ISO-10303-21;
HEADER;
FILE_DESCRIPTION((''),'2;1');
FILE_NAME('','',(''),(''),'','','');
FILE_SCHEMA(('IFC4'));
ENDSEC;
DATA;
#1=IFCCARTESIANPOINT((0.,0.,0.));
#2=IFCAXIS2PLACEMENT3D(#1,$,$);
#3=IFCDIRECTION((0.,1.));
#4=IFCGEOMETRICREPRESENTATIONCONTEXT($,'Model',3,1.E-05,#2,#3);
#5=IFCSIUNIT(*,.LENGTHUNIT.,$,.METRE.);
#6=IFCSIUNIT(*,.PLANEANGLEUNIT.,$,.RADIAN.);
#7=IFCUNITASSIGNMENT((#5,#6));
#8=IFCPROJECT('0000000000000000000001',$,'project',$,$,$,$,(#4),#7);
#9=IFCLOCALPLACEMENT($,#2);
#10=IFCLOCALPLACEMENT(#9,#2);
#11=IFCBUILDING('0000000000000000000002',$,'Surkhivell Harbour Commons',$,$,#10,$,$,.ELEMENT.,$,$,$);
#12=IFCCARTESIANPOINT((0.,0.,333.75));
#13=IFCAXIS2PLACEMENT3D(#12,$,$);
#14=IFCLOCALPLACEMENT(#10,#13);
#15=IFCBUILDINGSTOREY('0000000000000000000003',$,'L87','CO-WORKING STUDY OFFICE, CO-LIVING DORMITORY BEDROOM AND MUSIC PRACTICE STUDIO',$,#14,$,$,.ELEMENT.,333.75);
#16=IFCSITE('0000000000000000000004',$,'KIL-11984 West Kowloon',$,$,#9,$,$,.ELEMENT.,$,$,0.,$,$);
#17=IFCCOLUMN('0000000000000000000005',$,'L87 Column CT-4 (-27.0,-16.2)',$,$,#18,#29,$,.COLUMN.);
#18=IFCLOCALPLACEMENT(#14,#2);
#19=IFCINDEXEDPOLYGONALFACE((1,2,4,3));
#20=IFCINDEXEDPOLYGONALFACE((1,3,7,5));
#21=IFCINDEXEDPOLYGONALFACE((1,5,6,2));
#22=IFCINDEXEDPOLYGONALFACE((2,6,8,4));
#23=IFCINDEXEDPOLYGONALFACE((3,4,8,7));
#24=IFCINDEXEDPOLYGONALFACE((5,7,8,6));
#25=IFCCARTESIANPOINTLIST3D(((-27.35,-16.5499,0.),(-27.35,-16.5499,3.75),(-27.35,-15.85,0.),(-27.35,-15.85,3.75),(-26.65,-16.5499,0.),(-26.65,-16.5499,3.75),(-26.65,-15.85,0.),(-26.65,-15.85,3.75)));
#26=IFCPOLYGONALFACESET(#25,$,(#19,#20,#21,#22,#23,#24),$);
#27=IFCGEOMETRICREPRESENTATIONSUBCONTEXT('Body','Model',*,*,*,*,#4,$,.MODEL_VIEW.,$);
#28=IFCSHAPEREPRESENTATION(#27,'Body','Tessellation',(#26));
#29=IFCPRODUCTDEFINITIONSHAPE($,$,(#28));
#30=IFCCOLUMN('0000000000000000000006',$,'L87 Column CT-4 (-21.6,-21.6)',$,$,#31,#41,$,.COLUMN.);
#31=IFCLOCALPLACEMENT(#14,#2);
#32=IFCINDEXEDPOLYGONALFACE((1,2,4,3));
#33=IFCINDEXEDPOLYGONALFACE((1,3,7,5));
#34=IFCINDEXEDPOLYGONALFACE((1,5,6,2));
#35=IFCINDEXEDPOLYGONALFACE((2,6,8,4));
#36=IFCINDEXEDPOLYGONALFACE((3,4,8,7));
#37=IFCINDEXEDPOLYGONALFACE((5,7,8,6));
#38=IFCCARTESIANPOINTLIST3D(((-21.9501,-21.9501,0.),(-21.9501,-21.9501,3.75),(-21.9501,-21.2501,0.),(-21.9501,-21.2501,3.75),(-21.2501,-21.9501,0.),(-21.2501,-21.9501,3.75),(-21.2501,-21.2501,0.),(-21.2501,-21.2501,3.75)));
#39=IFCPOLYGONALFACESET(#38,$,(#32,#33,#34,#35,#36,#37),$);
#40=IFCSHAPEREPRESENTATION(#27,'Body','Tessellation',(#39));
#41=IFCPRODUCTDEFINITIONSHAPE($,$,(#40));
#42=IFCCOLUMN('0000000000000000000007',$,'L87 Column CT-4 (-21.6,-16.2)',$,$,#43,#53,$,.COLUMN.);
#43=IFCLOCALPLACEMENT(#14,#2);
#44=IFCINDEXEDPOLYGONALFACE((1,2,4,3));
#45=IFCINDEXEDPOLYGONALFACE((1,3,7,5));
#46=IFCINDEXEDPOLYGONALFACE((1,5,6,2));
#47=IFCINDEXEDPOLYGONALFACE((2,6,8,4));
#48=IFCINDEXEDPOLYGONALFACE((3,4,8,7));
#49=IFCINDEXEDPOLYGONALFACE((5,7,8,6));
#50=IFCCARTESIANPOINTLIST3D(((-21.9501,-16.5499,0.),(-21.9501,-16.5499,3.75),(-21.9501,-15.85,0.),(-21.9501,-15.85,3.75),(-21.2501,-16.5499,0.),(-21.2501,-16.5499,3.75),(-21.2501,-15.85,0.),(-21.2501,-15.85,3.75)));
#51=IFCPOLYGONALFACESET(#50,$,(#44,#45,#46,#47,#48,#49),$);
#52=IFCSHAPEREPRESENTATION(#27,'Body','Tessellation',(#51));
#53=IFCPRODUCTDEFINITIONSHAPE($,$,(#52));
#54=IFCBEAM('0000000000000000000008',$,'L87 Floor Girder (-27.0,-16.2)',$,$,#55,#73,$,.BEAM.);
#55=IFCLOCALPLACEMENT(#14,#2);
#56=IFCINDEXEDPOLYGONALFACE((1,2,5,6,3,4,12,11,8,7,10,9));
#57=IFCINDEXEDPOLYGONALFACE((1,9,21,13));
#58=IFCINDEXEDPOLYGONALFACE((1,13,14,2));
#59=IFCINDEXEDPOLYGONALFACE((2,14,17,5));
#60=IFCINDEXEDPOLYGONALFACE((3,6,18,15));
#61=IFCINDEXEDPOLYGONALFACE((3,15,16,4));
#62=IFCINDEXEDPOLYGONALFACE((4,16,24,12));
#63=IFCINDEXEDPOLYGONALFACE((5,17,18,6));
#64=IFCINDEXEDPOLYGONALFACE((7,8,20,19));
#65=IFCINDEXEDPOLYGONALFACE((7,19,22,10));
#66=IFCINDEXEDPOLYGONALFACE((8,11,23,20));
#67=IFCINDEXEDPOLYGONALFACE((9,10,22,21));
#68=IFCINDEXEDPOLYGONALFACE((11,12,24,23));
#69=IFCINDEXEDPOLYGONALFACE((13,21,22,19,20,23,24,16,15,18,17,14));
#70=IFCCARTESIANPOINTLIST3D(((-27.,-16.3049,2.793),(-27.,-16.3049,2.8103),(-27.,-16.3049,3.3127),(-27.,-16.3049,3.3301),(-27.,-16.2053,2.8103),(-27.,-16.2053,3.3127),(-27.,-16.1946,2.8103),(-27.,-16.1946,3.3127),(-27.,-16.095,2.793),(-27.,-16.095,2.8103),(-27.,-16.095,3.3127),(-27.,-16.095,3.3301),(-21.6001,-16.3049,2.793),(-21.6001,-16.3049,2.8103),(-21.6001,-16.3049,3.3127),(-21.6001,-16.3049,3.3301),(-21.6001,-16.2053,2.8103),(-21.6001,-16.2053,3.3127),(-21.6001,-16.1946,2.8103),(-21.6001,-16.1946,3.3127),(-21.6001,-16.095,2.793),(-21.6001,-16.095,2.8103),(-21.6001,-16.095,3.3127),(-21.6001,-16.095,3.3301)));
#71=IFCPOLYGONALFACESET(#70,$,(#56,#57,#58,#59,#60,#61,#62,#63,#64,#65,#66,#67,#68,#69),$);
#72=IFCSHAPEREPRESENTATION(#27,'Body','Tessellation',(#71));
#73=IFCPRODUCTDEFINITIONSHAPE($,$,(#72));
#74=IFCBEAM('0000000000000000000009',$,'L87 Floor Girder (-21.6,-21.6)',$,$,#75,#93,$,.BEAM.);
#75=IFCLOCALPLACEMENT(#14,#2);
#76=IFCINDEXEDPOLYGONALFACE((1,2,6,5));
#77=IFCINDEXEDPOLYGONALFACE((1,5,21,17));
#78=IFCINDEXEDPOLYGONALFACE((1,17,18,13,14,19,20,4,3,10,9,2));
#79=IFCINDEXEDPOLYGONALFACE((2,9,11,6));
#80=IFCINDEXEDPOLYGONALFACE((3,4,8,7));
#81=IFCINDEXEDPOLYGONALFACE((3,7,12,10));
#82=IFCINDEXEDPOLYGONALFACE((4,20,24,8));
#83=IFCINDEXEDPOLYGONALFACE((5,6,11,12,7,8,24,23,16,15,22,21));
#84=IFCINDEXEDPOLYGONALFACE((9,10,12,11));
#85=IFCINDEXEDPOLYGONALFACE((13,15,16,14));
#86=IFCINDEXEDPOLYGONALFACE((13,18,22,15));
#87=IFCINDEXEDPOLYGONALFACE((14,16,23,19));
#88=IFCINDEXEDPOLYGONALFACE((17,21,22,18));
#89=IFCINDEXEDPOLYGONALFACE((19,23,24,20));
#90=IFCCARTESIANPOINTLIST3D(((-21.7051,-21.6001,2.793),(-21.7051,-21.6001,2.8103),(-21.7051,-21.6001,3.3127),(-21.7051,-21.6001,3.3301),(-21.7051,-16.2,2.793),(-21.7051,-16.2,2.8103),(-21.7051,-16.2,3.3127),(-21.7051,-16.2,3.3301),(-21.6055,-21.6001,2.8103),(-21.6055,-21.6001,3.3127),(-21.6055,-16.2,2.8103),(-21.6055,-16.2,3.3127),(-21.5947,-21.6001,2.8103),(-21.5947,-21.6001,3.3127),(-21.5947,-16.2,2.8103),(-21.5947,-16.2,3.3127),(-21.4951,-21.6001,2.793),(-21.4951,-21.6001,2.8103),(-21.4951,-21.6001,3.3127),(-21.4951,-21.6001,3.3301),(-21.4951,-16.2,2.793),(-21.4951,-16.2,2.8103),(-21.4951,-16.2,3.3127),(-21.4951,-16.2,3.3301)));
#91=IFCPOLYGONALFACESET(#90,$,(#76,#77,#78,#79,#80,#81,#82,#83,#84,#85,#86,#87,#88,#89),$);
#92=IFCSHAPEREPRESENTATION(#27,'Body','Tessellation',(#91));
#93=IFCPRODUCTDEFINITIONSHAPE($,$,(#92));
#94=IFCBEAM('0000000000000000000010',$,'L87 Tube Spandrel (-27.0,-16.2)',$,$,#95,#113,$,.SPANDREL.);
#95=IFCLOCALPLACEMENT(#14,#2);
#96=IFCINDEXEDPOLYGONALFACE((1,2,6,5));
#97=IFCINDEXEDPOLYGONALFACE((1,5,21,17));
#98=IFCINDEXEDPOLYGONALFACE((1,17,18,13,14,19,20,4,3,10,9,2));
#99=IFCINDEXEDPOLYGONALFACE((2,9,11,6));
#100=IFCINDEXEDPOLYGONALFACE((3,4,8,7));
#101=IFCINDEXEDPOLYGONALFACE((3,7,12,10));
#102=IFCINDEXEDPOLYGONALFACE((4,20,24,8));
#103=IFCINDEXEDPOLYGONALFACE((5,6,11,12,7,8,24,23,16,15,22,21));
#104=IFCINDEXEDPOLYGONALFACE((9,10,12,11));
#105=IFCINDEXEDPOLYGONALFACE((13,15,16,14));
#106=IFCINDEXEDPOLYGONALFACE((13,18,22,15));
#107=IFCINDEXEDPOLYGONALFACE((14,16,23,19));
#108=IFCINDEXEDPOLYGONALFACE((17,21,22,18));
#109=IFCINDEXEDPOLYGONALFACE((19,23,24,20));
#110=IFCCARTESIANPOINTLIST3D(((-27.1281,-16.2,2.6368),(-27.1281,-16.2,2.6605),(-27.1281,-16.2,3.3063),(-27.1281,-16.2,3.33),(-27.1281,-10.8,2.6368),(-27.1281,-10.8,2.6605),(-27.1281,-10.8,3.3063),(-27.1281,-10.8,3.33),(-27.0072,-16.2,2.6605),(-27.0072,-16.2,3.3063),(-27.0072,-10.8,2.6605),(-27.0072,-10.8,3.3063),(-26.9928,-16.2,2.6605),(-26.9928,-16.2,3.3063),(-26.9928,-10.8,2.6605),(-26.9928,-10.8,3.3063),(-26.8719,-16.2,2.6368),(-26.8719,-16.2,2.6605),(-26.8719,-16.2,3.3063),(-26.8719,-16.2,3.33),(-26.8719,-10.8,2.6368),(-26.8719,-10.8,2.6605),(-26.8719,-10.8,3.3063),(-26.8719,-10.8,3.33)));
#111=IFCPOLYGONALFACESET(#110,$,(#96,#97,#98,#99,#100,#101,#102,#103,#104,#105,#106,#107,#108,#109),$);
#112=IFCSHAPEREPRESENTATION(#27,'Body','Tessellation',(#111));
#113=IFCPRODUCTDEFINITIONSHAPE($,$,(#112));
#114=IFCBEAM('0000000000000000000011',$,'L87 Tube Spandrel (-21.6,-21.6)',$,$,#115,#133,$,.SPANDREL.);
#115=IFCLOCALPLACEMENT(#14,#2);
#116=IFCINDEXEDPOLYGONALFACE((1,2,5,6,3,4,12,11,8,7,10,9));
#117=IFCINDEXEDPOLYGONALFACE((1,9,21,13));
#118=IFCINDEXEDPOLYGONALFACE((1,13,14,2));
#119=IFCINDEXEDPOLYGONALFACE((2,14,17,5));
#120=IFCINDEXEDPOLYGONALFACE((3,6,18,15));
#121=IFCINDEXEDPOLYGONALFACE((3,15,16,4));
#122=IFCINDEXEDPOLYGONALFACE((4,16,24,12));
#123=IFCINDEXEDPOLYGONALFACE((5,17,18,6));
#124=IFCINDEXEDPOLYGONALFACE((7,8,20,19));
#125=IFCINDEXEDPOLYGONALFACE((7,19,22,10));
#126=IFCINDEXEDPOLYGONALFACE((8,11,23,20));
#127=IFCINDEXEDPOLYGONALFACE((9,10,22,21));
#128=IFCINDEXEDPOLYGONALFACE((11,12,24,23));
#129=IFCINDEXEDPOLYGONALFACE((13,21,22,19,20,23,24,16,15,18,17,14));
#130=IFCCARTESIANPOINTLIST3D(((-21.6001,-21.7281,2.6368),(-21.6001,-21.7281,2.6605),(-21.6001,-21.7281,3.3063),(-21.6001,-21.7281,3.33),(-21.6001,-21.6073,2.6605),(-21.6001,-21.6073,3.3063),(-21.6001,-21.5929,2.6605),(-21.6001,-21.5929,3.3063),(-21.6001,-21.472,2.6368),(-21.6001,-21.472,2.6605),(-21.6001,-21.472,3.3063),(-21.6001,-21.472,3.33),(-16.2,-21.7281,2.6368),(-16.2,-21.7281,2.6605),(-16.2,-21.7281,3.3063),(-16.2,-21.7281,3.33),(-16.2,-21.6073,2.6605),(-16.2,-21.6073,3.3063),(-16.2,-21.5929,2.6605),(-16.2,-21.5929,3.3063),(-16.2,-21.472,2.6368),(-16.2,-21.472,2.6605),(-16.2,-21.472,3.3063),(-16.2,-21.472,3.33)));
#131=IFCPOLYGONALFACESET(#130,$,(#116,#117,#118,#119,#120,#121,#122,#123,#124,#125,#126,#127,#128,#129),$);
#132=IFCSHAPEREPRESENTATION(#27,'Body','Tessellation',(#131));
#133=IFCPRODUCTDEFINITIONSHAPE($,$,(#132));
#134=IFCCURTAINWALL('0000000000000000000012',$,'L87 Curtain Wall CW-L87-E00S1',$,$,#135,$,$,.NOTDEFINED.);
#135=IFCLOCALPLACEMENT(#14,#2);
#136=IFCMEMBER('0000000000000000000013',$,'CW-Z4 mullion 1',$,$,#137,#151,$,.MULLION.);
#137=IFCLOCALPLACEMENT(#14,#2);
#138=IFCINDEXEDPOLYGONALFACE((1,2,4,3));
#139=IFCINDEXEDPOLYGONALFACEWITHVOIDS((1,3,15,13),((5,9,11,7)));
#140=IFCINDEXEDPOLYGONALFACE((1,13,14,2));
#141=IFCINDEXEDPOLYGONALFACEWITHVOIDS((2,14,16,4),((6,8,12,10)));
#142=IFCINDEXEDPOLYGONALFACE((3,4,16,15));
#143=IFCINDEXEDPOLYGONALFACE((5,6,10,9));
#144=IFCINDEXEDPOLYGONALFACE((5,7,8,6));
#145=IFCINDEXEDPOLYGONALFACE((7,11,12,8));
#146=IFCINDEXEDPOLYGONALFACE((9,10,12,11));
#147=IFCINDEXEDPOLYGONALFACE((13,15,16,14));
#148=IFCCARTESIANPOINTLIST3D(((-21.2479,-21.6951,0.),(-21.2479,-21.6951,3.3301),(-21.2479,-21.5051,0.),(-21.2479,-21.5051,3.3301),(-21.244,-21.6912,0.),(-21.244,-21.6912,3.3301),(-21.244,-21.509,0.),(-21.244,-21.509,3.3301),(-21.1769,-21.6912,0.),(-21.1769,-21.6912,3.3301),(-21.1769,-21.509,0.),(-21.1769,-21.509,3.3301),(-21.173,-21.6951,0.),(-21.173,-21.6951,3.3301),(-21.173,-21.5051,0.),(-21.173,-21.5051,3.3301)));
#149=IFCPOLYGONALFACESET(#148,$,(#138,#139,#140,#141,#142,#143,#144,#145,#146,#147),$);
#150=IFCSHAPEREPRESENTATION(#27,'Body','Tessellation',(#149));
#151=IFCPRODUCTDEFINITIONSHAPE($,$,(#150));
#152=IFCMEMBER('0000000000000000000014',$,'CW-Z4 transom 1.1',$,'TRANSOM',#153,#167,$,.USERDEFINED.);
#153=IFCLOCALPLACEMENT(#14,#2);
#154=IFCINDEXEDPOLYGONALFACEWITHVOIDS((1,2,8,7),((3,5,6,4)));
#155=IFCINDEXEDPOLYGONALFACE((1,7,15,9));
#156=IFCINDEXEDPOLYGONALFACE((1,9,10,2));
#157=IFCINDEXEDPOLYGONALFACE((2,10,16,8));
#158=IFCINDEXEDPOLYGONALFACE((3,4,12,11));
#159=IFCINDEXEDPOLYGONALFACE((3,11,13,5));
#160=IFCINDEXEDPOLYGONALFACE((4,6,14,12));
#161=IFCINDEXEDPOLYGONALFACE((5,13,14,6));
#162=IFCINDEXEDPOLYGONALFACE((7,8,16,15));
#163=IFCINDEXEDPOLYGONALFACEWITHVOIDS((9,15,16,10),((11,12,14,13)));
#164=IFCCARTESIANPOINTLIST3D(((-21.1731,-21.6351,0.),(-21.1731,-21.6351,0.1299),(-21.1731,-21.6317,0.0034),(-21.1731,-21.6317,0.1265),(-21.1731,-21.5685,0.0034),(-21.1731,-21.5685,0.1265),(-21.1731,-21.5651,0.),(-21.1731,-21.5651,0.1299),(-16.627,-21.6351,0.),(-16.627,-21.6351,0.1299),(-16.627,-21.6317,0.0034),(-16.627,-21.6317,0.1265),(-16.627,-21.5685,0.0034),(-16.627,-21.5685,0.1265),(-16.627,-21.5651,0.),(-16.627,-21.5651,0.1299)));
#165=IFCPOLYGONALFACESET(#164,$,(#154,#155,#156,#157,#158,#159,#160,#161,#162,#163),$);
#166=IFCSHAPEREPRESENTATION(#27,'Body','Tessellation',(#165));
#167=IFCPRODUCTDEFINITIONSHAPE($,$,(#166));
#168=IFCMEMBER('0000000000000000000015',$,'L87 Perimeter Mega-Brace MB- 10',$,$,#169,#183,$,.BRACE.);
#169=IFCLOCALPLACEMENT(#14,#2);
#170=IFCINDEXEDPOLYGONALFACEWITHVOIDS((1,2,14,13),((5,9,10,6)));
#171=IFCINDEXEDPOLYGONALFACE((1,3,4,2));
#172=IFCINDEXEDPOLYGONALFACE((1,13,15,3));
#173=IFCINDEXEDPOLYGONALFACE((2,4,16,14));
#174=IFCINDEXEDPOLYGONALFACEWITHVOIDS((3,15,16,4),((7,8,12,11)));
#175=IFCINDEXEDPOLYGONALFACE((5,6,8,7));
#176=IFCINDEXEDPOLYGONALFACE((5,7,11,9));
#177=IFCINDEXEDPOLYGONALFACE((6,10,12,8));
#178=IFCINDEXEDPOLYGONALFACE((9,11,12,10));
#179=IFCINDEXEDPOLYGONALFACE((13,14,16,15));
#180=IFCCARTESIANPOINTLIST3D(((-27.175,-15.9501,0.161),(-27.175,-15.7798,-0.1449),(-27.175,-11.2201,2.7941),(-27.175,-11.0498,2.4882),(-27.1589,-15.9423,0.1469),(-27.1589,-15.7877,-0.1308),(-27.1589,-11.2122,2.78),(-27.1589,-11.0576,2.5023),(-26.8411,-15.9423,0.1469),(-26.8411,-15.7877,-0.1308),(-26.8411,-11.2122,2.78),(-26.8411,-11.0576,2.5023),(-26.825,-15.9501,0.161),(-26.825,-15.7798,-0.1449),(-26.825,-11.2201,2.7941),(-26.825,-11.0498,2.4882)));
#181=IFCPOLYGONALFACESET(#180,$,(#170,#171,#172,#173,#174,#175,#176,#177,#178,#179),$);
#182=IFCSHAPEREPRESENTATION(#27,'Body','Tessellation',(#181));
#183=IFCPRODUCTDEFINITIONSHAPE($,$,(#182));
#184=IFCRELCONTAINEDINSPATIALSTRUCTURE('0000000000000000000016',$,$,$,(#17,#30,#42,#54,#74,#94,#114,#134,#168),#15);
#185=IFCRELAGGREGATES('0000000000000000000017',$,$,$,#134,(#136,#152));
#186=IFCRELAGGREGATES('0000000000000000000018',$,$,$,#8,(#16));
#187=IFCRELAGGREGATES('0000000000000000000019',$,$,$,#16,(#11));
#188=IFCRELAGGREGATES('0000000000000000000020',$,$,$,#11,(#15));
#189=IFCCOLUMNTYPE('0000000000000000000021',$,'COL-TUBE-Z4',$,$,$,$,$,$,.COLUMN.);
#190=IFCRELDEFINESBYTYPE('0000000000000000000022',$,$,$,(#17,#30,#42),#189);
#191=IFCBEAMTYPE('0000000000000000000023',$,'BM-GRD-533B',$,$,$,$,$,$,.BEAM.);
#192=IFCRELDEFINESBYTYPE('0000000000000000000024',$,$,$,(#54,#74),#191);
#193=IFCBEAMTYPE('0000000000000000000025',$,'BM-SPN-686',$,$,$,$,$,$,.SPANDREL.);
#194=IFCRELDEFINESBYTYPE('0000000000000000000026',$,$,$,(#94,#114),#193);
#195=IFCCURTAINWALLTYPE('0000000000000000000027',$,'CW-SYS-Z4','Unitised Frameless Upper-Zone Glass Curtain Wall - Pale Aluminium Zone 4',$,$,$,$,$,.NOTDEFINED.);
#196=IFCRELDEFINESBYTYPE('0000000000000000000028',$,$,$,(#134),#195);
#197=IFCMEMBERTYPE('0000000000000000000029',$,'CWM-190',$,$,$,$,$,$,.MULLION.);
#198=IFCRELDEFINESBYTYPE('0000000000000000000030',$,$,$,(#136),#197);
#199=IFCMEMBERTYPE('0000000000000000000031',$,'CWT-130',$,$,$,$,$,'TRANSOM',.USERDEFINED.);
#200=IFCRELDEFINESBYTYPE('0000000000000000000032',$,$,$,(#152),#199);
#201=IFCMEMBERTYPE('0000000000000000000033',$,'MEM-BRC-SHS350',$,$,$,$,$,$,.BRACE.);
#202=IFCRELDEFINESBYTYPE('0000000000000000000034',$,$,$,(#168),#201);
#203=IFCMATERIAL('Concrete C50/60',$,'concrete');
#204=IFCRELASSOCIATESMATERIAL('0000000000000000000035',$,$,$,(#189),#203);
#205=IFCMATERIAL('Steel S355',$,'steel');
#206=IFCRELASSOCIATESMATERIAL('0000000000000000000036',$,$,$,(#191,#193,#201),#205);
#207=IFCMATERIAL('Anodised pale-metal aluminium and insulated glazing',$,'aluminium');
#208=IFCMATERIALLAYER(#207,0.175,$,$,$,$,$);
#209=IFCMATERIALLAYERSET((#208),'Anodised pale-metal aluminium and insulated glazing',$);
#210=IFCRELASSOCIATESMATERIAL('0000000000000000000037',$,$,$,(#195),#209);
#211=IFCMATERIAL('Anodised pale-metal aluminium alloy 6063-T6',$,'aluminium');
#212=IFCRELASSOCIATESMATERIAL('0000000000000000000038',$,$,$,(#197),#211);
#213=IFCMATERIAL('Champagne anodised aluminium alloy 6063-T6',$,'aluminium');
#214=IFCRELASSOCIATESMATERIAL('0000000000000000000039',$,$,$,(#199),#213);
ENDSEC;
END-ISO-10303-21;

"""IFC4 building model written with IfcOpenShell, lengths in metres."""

from ifc_helpers import new_model, si_unit, direction, frame, origin, origin_2d, place, context, subcontext, project, spatial, rectangle, hollow_rectangle, i_section, extrude, material, layer, layer_set, material_profile, profile_set, type_object, element, aggregate, save


model = new_model("IFC4")

# Units and contexts
model_context = context("Model", 3, precision=1e-05, world=origin(), true_north=direction((0.0, 1.0)))
body_context = subcontext(model_context, "Body", "Model", "MODEL_VIEW")
ifc_project = project(units=[si_unit("LENGTHUNIT", "METRE"), si_unit("PLANEANGLEUNIT", "RADIAN")], contexts=[model_context])

# Site, building, storey
site_placement = place(None, origin())
site = spatial("IfcSite", under=ifc_project, at=site_placement, Name="KIL-11984 West Kowloon", CompositionType="ELEMENT", RefElevation=0.0)
building_placement = place(site_placement, origin())
building = spatial("IfcBuilding", under=site, at=building_placement, Name="Surkhivell Harbour Commons", CompositionType="ELEMENT")
storey_placement = place(building_placement, frame((0.0, 0.0, 333.75)))
storey = spatial("IfcBuildingStorey", under=building, at=storey_placement, Name="L87", Description="CO-WORKING STUDY OFFICE, CO-LIVING DORMITORY BEDROOM AND MUSIC PRACTICE STUDIO", CompositionType="ELEMENT", Elevation=333.75)

# Columns
ifc_material_1 = material(Name="Concrete C50/60", Category="concrete")
ifc_material_profile_1 = material_profile(ifc_material_1, rectangle(XDim=0.7, YDim=0.7, at=origin_2d()), Name="RC-COL-700x700")
ifc_profile_set_1 = profile_set([ifc_material_profile_1], Name="Concrete C50/60")
column_type = type_object("IfcColumnType", Name="COL-TUBE-Z4", PredefinedType="COLUMN", material=ifc_profile_set_1)
for number, where, z_axis, x_axis, name in (
    (1, (-27.0, -16.2, 0.0), (0.0, 0.0, 1.0), (1.0, 0.0, 0.0), "L87 Column CT-4 (-27.0,-16.2)"),
    (2, (-21.6001, -21.6001, 0.0), (0.0, 0.0, 1.0), (1.0, 0.0, 0.0), "L87 Column CT-4 (-21.6,-21.6)"),
    (3, (-21.6001, -16.2, 0.0), (0.0, 0.0, 1.0), (1.0, 0.0, 0.0), "L87 Column CT-4 (-21.6,-16.2)"),
):
    element("IfcColumn", number, at=place(storey_placement, frame(where, z_axis=z_axis, x_axis=x_axis)), inside=storey, type_object=column_type, Name=name, PredefinedType="COLUMN", context=body_context, shape_type="SweptSolid", body=[
        extrude(rectangle(XDim=0.7, YDim=0.7, at=origin_2d()), origin(), (0.0, 0.0, 1.0), 3.75),
    ])

# Beams
ifc_material_2 = material(Name="Steel S355", Category="steel")
ifc_material_profile_2 = material_profile(ifc_material_2, i_section(OverallWidth=0.21, OverallDepth=0.5371, WebThickness=0.0107, FlangeThickness=0.0173, at=origin_2d()), Name="UB533x210x101")
ifc_profile_set_2 = profile_set([ifc_material_profile_2], Name="Steel S355")
beam_type_1 = type_object("IfcBeamType", Name="BM-GRD-533B", PredefinedType="BEAM", material=ifc_profile_set_2)
beam_1_placement = place(storey_placement, frame((-27.0, -16.2, 3.0615), z_axis=(1.0, 0.0, 0.0), x_axis=(0.0, 1.0, 0.0)))
element("IfcBeam", 4, at=beam_1_placement, inside=storey, type_object=beam_type_1, Name="L87 Floor Girder (-27.0,-16.2)", PredefinedType="BEAM", context=body_context, shape_type="SweptSolid", body=[
    extrude(i_section(OverallWidth=0.21, OverallDepth=0.5371, WebThickness=0.0107, FlangeThickness=0.0173, at=origin_2d()), origin(), (0.0, 0.0, 1.0), 5.3999),
])
beam_2_placement = place(storey_placement, frame((-21.6001, -21.6001, 3.0615), z_axis=(0.0, 1.0, 0.0), x_axis=(-1.0, 0.0, 0.0)))
element("IfcBeam", 5, at=beam_2_placement, inside=storey, type_object=beam_type_1, Name="L87 Floor Girder (-21.6,-21.6)", PredefinedType="BEAM", context=body_context, shape_type="SweptSolid", body=[
    extrude(i_section(OverallWidth=0.21, OverallDepth=0.5371, WebThickness=0.0107, FlangeThickness=0.0173, at=origin_2d()), origin(), (0.0, 0.0, 1.0), 5.4001),
])
ifc_material_profile_3 = material_profile(ifc_material_2, i_section(OverallWidth=0.2561, OverallDepth=0.6931, WebThickness=0.0144, FlangeThickness=0.0237, at=origin_2d()), Name="UB686x254x170")
ifc_profile_set_3 = profile_set([ifc_material_profile_3], Name="Steel S355")
beam_type_2 = type_object("IfcBeamType", Name="BM-SPN-686", PredefinedType="SPANDREL", material=ifc_profile_set_3)
beam_3_placement = place(storey_placement, frame((-27.0, -16.2, 2.9834), z_axis=(0.0, 1.0, 0.0), x_axis=(-1.0, 0.0, 0.0)))
element("IfcBeam", 6, at=beam_3_placement, inside=storey, type_object=beam_type_2, Name="L87 Tube Spandrel (-27.0,-16.2)", PredefinedType="SPANDREL", context=body_context, shape_type="SweptSolid", body=[
    extrude(i_section(OverallWidth=0.2561, OverallDepth=0.6931, WebThickness=0.0144, FlangeThickness=0.0237, at=origin_2d()), origin(), (0.0, 0.0, 1.0), 5.3999),
])
beam_4_placement = place(storey_placement, frame((-21.6001, -21.6001, 2.9834), z_axis=(1.0, 0.0, 0.0), x_axis=(0.0, 1.0, 0.0)))
element("IfcBeam", 7, at=beam_4_placement, inside=storey, type_object=beam_type_2, Name="L87 Tube Spandrel (-21.6,-21.6)", PredefinedType="SPANDREL", context=body_context, shape_type="SweptSolid", body=[
    extrude(i_section(OverallWidth=0.2561, OverallDepth=0.6931, WebThickness=0.0144, FlangeThickness=0.0237, at=origin_2d()), origin(), (0.0, 0.0, 1.0), 5.4001),
])

# Curtain wall, members
ifc_material_3 = material(Name="Anodised pale-metal aluminium and insulated glazing", Category="aluminium")
ifc_layer_1 = layer(ifc_material_3, 0.175)
ifc_layer_set_1 = layer_set([ifc_layer_1], Name="Anodised pale-metal aluminium and insulated glazing")
curtain_wall_type = type_object("IfcCurtainWallType", Name="CW-SYS-Z4", Description="Unitised Frameless Upper-Zone Glass Curtain Wall - Pale Aluminium Zone 4", PredefinedType="NOTDEFINED", material=ifc_layer_set_1)
curtain_wall_placement = place(storey_placement, origin())
curtain_wall = element("IfcCurtainWall", 8, at=curtain_wall_placement, inside=storey, type_object=curtain_wall_type, Name="L87 Curtain Wall CW-L87-E00S1", PredefinedType="NOTDEFINED")
ifc_material_4 = material(Name="Anodised pale-metal aluminium alloy 6063-T6", Category="aluminium")
ifc_material_profile_4 = material_profile(ifc_material_4, hollow_rectangle(XDim=0.075, YDim=0.1899, WallThickness=0.0039, at=origin_2d()), Name="ALU-MULL-75x190")
ifc_profile_set_4 = profile_set([ifc_material_profile_4], Name="Anodised pale-metal aluminium alloy 6063-T6")
member_type_1 = type_object("IfcMemberType", Name="CWM-190", PredefinedType="MULLION", material=ifc_profile_set_4)
member_1_placement = place(storey_placement, frame((-21.2104, -21.6001, 0.0), z_axis=(0.0, 0.0, 1.0), x_axis=(1.0, 0.0, 0.0)))
member_1 = element("IfcMember", 9, at=member_1_placement, type_object=member_type_1, Name="CW-Z4 mullion 1", PredefinedType="MULLION", context=body_context, shape_type="SweptSolid", body=[
    extrude(hollow_rectangle(XDim=0.075, YDim=0.1899, WallThickness=0.0039, at=origin_2d()), origin(), (0.0, 0.0, 1.0), 3.3301),
])
ifc_material_5 = material(Name="Champagne anodised aluminium alloy 6063-T6", Category="aluminium")
ifc_material_profile_5 = material_profile(ifc_material_5, hollow_rectangle(XDim=0.0701, YDim=0.1299, WallThickness=0.0034, at=origin_2d()), Name="ALU-TRAN-70x130")
ifc_profile_set_5 = profile_set([ifc_material_profile_5], Name="Champagne anodised aluminium alloy 6063-T6")
member_type_2 = type_object("IfcMemberType", Name="CWT-130", ElementType="TRANSOM", PredefinedType="USERDEFINED", material=ifc_profile_set_5)
member_2_placement = place(storey_placement, frame((-21.1731, -21.6001, 0.0649), z_axis=(1.0, 0.0, 0.0), x_axis=(0.0, 1.0, 0.0)))
member_2 = element("IfcMember", 10, at=member_2_placement, type_object=member_type_2, Name="CW-Z4 transom 1.1", ObjectType="TRANSOM", PredefinedType="USERDEFINED", context=body_context, shape_type="SweptSolid", body=[
    extrude(hollow_rectangle(XDim=0.0701, YDim=0.1299, WallThickness=0.0034, at=origin_2d()), origin(), (0.0, 0.0, 1.0), 4.5461),
])

# Member
ifc_material_profile_6 = material_profile(ifc_material_2, hollow_rectangle(XDim=0.3501, YDim=0.3501, WallThickness=0.0161, at=origin_2d()), Name="SHS350x350x16")
ifc_profile_set_6 = profile_set([ifc_material_profile_6], Name="Steel S355")
member_type_3 = type_object("IfcMemberType", Name="MEM-BRC-SHS350", PredefinedType="BRACE", material=ifc_profile_set_6)
member_3_placement = place(storey_placement, frame((-27.0, -15.865, 0.0081), z_axis=(0.0, 0.873742, 0.486389), x_axis=(-1.0, 0.0, 0.0)))
element("IfcMember", 11, at=member_3_placement, inside=storey, type_object=member_type_3, Name="L87 Perimeter Mega-Brace MB- 10", PredefinedType="BRACE", context=body_context, shape_type="SweptSolid", body=[
    extrude(hollow_rectangle(XDim=0.3501, YDim=0.3501, WallThickness=0.0161, at=origin_2d()), origin(), (0.0, 0.0, 1.0), 5.4136),
])

aggregate(curtain_wall, [member_1, member_2])

save(model, "model.ifc")
